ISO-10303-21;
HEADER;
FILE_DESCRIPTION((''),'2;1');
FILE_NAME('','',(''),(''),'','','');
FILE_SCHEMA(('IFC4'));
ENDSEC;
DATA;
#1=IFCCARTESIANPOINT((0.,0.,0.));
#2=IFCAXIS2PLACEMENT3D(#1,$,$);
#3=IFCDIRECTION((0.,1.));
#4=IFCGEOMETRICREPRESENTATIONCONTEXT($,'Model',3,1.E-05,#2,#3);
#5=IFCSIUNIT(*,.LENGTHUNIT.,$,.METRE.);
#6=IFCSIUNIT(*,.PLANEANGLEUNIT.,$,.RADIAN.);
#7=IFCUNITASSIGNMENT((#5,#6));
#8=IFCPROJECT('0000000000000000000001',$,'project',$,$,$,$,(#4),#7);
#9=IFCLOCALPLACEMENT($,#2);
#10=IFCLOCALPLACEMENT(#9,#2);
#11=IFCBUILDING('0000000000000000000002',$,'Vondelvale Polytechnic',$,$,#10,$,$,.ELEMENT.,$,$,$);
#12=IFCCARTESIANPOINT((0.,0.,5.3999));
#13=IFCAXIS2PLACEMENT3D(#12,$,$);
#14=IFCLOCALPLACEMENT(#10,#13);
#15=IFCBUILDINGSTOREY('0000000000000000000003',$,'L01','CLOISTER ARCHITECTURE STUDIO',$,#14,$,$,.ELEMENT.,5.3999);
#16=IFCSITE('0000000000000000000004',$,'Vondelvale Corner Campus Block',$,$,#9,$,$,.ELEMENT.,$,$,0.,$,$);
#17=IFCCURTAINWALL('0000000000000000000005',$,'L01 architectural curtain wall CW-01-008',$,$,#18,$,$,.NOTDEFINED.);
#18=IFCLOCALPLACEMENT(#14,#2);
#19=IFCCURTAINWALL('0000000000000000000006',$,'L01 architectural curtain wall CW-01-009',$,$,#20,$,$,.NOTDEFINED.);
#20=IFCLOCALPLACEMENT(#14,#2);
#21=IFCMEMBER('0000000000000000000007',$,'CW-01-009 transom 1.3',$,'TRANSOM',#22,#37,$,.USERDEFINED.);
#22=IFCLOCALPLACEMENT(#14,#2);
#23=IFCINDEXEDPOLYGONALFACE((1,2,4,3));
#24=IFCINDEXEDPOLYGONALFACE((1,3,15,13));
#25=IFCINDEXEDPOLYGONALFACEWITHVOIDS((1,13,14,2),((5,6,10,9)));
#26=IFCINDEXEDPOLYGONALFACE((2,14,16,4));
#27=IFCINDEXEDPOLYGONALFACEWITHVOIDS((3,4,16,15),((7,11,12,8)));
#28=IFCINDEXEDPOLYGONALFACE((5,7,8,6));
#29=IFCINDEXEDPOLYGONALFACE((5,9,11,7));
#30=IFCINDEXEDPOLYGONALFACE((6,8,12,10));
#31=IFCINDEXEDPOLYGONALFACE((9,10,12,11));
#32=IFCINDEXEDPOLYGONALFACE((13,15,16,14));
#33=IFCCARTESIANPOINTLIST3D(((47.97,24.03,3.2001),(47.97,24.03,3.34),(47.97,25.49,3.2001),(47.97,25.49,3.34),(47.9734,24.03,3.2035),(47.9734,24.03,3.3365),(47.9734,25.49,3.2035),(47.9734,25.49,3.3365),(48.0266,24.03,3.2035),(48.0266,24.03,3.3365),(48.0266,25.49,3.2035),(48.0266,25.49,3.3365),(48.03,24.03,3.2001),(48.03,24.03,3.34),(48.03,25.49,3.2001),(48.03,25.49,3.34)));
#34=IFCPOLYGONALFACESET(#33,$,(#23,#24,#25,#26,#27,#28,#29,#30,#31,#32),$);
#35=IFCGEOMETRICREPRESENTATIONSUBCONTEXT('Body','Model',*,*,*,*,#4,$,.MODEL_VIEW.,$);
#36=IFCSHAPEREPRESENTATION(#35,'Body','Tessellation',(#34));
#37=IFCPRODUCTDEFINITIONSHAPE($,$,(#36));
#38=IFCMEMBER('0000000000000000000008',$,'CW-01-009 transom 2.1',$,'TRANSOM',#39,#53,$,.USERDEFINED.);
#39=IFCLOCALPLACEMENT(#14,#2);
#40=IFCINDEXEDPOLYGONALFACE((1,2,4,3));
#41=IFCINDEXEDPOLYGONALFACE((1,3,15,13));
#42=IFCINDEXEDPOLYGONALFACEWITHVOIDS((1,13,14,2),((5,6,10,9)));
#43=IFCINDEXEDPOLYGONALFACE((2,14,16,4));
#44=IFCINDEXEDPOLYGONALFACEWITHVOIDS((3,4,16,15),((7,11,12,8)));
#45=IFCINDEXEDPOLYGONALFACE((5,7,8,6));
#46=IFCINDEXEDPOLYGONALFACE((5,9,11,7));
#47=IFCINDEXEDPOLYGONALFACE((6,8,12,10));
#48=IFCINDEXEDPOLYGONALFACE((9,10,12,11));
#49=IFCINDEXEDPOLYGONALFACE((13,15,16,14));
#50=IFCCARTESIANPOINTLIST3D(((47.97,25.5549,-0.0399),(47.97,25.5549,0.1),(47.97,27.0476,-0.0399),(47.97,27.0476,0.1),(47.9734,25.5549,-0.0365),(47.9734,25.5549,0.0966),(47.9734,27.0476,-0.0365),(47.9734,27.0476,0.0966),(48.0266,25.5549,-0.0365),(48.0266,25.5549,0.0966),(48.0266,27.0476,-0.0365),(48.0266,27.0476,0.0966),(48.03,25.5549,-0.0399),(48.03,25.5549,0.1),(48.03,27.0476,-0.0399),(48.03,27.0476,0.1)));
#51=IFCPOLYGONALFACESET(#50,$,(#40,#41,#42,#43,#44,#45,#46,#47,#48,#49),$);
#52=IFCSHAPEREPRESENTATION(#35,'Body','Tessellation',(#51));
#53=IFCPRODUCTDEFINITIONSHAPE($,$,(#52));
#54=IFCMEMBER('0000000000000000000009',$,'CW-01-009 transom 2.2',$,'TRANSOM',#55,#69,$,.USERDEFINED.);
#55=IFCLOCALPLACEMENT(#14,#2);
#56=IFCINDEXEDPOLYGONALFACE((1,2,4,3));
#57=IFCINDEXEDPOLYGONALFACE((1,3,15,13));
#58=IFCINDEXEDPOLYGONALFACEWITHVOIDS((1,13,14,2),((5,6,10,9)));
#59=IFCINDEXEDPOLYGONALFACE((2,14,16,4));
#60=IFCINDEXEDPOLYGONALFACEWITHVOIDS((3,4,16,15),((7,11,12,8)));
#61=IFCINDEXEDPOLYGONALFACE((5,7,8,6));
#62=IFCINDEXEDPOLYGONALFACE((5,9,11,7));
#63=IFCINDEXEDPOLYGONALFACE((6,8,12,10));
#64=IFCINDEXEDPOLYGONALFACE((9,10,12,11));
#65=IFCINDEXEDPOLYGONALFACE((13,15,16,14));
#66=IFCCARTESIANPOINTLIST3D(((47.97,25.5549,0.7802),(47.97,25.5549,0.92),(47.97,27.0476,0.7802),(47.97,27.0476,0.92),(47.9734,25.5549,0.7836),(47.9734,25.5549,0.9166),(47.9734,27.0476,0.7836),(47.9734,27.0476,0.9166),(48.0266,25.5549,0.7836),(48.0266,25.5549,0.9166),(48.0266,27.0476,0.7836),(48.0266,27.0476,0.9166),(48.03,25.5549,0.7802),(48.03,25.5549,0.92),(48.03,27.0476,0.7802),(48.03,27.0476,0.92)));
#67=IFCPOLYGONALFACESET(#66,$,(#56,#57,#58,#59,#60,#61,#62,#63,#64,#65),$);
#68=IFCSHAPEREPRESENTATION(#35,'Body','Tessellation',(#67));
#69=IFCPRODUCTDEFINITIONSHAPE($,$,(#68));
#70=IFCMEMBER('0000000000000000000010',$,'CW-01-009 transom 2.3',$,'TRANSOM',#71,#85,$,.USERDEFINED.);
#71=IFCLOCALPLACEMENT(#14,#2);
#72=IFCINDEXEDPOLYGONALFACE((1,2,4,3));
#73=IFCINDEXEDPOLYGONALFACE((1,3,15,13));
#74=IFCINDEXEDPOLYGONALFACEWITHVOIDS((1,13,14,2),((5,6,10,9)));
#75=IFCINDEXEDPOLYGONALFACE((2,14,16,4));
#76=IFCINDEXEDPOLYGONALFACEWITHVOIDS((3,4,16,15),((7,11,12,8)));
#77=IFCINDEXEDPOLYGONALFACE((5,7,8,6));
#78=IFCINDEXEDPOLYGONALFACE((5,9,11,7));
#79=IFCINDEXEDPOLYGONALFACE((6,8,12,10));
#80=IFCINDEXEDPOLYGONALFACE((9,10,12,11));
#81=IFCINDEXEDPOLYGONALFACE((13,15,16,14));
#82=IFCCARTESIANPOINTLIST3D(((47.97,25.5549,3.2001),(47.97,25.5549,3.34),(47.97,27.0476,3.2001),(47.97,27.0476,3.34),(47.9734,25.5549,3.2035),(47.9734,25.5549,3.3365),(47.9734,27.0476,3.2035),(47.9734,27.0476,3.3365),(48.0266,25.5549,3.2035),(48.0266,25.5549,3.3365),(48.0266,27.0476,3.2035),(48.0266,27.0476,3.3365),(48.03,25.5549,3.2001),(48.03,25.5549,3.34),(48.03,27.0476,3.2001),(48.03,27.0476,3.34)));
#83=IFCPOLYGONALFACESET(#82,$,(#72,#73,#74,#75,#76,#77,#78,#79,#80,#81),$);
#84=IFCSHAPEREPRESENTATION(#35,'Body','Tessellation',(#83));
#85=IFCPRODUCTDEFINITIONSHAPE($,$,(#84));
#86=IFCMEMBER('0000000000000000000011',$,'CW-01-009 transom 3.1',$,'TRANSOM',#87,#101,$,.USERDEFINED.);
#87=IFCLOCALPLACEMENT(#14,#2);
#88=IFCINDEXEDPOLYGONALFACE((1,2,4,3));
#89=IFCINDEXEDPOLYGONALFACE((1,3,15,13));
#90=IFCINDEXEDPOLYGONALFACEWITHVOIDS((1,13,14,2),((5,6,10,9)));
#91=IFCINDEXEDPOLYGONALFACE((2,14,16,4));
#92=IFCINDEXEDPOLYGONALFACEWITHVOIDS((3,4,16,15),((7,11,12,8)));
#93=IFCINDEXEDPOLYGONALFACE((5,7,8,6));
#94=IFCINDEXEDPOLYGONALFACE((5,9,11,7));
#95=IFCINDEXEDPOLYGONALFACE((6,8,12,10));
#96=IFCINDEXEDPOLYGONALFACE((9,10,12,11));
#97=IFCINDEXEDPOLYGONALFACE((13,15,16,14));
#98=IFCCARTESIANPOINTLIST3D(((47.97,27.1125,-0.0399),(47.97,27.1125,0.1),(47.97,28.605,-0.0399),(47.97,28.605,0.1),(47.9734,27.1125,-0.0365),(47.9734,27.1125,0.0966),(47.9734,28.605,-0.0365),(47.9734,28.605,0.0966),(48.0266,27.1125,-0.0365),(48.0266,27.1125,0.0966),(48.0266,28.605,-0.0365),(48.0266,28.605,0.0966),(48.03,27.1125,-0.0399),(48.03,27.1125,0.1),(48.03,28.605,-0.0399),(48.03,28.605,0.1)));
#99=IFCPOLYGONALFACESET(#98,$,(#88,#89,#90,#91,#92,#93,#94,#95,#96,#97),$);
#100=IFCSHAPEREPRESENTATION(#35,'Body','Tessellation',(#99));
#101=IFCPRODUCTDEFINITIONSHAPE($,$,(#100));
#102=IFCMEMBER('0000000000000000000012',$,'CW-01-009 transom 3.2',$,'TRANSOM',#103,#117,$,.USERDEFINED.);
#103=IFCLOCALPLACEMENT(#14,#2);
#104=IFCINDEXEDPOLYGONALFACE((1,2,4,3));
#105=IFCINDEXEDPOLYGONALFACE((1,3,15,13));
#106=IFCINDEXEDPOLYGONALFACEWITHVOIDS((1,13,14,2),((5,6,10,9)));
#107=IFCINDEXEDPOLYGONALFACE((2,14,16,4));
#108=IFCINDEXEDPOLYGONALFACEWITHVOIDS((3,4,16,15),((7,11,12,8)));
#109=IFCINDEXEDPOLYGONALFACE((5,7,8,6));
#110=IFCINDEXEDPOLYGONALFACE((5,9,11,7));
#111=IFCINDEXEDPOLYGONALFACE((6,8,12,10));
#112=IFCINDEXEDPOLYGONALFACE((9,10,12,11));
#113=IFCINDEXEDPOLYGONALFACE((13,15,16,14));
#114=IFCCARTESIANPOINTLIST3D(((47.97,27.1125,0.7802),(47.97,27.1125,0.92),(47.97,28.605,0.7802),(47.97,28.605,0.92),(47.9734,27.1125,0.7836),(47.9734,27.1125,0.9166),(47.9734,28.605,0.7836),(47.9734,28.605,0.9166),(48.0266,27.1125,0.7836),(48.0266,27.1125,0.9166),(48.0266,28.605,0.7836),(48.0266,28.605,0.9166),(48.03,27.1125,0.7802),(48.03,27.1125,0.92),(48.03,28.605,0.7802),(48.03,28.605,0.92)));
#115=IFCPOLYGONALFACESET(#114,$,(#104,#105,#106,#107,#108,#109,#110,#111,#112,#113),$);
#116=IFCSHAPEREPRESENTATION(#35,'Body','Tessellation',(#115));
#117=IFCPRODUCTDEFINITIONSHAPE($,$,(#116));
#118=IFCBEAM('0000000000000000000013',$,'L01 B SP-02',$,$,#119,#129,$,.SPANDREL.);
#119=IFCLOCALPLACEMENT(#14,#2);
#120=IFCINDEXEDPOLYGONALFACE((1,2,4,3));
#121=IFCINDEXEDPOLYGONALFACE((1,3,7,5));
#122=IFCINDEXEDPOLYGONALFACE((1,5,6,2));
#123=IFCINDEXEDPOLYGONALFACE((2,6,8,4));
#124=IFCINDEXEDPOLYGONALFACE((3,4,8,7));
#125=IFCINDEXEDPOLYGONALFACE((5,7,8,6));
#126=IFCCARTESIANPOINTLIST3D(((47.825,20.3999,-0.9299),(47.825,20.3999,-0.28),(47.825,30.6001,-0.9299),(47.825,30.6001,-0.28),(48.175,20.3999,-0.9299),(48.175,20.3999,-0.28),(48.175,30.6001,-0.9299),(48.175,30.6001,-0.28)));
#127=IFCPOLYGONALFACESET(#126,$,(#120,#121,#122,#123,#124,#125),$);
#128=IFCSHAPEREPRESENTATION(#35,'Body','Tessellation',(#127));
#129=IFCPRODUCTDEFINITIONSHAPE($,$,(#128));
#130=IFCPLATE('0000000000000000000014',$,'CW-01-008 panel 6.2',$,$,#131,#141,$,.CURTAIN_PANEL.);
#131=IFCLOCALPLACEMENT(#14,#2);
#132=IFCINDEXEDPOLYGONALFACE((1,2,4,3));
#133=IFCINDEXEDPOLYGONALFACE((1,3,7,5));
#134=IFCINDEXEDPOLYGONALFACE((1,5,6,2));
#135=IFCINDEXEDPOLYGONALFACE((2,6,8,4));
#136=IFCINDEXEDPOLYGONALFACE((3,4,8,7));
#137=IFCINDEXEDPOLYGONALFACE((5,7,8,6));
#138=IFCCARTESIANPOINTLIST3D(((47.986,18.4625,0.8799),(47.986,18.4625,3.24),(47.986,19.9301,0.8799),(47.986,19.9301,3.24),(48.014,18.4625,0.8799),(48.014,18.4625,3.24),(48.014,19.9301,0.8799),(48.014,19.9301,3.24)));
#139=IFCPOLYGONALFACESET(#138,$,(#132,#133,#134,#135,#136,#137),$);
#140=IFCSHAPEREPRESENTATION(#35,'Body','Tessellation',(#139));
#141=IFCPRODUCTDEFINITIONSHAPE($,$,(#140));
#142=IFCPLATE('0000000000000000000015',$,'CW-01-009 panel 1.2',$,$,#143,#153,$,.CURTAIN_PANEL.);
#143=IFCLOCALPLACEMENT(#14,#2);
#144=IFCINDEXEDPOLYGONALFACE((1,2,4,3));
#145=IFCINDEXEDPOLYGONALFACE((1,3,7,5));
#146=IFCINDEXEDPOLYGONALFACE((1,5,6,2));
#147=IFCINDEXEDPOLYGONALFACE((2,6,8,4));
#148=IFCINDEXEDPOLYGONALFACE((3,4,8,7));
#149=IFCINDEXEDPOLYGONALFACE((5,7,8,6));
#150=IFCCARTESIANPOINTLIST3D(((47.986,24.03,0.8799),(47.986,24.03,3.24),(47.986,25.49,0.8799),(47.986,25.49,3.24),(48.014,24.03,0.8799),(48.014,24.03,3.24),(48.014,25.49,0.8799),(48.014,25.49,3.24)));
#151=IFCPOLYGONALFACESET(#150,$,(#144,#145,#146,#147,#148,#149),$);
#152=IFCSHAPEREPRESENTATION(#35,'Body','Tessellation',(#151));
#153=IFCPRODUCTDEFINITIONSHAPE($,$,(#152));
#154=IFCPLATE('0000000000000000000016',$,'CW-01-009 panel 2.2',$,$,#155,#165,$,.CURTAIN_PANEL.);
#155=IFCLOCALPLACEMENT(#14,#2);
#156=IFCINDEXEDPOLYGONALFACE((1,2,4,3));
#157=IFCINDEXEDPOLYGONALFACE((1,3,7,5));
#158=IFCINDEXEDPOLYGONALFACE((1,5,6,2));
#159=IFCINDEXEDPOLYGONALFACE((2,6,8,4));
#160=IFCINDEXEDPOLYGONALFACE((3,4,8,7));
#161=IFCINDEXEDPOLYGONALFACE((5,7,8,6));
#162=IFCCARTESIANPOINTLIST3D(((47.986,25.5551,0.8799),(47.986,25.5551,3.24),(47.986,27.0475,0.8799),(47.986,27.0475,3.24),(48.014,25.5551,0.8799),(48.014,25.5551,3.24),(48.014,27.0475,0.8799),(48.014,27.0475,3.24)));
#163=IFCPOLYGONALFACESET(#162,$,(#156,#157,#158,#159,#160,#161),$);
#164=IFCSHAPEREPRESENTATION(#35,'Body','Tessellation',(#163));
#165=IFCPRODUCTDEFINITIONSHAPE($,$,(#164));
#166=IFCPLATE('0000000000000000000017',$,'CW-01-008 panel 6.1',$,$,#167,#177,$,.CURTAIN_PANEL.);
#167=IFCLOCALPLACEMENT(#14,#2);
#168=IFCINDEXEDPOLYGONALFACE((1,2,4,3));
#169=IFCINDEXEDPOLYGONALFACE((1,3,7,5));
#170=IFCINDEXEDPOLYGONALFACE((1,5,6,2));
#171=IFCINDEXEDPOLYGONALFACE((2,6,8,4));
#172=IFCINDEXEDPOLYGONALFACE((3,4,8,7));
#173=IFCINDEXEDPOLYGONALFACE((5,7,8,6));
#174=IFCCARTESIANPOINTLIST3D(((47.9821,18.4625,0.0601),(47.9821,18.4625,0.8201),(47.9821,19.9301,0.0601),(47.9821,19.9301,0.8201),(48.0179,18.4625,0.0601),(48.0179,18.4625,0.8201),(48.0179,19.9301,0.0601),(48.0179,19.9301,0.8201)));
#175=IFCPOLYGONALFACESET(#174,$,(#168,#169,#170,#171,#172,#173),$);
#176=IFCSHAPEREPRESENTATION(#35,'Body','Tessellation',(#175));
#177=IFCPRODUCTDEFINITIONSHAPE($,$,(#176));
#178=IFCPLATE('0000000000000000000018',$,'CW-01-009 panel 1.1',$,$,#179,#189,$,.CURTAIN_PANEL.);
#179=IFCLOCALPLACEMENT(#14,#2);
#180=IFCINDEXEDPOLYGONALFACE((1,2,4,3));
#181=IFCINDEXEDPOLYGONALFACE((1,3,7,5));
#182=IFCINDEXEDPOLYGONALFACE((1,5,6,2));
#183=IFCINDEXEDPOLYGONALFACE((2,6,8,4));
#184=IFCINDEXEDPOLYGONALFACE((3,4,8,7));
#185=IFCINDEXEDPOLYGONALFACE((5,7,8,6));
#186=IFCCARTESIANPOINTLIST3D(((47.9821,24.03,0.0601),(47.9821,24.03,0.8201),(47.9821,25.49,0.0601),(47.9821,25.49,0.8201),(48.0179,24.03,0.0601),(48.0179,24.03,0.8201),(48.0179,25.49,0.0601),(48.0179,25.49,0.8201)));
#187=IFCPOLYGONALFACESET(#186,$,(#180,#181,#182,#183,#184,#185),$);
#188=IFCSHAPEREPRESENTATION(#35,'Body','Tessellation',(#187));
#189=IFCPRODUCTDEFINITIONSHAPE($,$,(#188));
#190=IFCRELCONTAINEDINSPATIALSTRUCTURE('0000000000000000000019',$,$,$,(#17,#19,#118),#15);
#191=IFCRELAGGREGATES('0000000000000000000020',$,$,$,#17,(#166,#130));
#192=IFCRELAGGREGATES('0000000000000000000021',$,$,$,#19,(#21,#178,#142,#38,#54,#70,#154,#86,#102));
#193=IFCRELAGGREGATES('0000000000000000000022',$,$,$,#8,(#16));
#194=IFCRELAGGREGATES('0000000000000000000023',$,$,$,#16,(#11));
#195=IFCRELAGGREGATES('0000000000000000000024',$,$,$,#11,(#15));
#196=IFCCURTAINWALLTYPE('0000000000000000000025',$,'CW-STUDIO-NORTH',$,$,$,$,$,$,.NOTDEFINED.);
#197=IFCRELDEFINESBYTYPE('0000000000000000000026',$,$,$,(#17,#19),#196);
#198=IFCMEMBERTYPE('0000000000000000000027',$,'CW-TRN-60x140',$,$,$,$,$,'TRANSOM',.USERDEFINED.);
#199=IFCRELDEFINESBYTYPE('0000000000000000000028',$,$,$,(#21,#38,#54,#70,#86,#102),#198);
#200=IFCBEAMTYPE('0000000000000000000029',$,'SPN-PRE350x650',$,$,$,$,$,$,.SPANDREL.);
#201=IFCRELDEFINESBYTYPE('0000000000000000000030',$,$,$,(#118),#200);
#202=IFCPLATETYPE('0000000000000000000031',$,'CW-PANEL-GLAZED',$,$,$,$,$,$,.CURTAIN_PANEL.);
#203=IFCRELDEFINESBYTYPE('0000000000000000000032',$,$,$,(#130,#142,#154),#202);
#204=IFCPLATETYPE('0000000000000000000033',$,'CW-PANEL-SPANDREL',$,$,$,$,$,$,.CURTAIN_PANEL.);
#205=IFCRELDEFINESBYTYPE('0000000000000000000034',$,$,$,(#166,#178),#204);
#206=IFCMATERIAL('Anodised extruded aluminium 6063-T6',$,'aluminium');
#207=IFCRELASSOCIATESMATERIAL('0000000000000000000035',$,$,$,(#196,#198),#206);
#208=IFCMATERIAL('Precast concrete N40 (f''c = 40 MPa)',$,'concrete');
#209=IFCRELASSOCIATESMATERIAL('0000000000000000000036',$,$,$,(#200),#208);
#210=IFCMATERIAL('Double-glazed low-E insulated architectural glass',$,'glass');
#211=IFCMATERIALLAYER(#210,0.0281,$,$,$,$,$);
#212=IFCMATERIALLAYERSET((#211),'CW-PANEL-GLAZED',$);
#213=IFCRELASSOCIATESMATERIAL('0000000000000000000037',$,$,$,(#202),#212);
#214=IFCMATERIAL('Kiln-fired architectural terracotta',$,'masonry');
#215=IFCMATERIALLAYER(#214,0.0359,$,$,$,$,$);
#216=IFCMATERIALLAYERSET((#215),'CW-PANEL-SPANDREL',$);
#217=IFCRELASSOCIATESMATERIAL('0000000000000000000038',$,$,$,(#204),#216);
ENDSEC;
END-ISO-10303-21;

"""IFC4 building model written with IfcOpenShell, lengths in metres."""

from ifc_helpers import new_model, si_unit, direction, frame, origin, origin_2d, place, context, subcontext, project, spatial, rectangle, hollow_rectangle, extrude, material, layer, layer_set, material_profile, profile_set, type_object, element, aggregate, save


model = new_model("IFC4")

# Units and contexts
model_context = context("Model", 3, precision=1e-05, world=origin(), true_north=direction((0.0, 1.0)))
body_context = subcontext(model_context, "Body", "Model", "MODEL_VIEW")
ifc_project = project(units=[si_unit("LENGTHUNIT", "METRE"), si_unit("PLANEANGLEUNIT", "RADIAN")], contexts=[model_context])

# Site, building, storey
site_placement = place(None, origin())
site = spatial("IfcSite", under=ifc_project, at=site_placement, Name="Vondelvale Corner Campus Block", CompositionType="ELEMENT", RefElevation=0.0)
building_placement = place(site_placement, origin())
building = spatial("IfcBuilding", under=site, at=building_placement, Name="Vondelvale Polytechnic", CompositionType="ELEMENT")
storey_placement = place(building_placement, frame((0.0, 0.0, 5.3999)))
storey = spatial("IfcBuildingStorey", under=building, at=storey_placement, Name="L01", Description="CLOISTER ARCHITECTURE STUDIO", CompositionType="ELEMENT", Elevation=5.3999)

# Curtain walls
ifc_material_1 = material(Name="Anodised extruded aluminium 6063-T6", Category="aluminium")
curtain_wall_type = type_object("IfcCurtainWallType", Name="CW-STUDIO-NORTH", PredefinedType="NOTDEFINED", material=ifc_material_1)
curtain_wall_1_placement = place(storey_placement, origin())
curtain_wall_1 = element("IfcCurtainWall", 1, at=curtain_wall_1_placement, inside=storey, type_object=curtain_wall_type, Name="L01 architectural curtain wall CW-01-008", PredefinedType="NOTDEFINED")
curtain_wall_2_placement = place(storey_placement, origin())
curtain_wall_2 = element("IfcCurtainWall", 2, at=curtain_wall_2_placement, inside=storey, type_object=curtain_wall_type, Name="L01 architectural curtain wall CW-01-009", PredefinedType="NOTDEFINED")

# Members
ifc_material_profile_1 = material_profile(ifc_material_1, hollow_rectangle(XDim=0.0601, YDim=0.1399, WallThickness=0.0034, at=origin_2d()), Name="CW-TRN-140x60")
ifc_profile_set_1 = profile_set([ifc_material_profile_1], Name="Anodised extruded aluminium 6063-T6")
member_type_1 = type_object("IfcMemberType", Name="CW-TRN-60x140", ElementType="TRANSOM", PredefinedType="USERDEFINED", material=ifc_profile_set_1)
member_1_placement = place(storey_placement, frame((48.0, 24.03, 3.27), z_axis=(0.0, 1.0, 0.0), x_axis=(-1.0, 0.0, 0.0)))
member_1 = element("IfcMember", 3, at=member_1_placement, type_object=member_type_1, Name="CW-01-009 transom 1.3", ObjectType="TRANSOM", PredefinedType="USERDEFINED", context=body_context, shape_type="SweptSolid", body=[
    extrude(hollow_rectangle(XDim=0.0601, YDim=0.1399, WallThickness=0.0034, at=origin_2d()), origin(), (0.0, 0.0, 1.0), 1.46),
])
member_2_placement = place(storey_placement, frame((48.0, 25.5549, 0.03), z_axis=(0.0, 1.0, 0.0), x_axis=(-1.0, 0.0, 0.0)))
member_2 = element("IfcMember", 4, at=member_2_placement, type_object=member_type_1, Name="CW-01-009 transom 2.1", ObjectType="TRANSOM", PredefinedType="USERDEFINED", context=body_context, shape_type="SweptSolid", body=[
    extrude(hollow_rectangle(XDim=0.0601, YDim=0.1399, WallThickness=0.0034, at=origin_2d()), origin(), (0.0, 0.0, 1.0), 1.4927),
])
member_3_placement = place(storey_placement, frame((48.0, 25.5549, 0.8501), z_axis=(0.0, 1.0, 0.0), x_axis=(-1.0, 0.0, 0.0)))
member_3 = element("IfcMember", 5, at=member_3_placement, type_object=member_type_1, Name="CW-01-009 transom 2.2", ObjectType="TRANSOM", PredefinedType="USERDEFINED", context=body_context, shape_type="SweptSolid", body=[
    extrude(hollow_rectangle(XDim=0.0601, YDim=0.1399, WallThickness=0.0034, at=origin_2d()), origin(), (0.0, 0.0, 1.0), 1.4927),
])
member_4_placement = place(storey_placement, frame((48.0, 25.5549, 3.27), z_axis=(0.0, 1.0, 0.0), x_axis=(-1.0, 0.0, 0.0)))
member_4 = element("IfcMember", 6, at=member_4_placement, type_object=member_type_1, Name="CW-01-009 transom 2.3", ObjectType="TRANSOM", PredefinedType="USERDEFINED", context=body_context, shape_type="SweptSolid", body=[
    extrude(hollow_rectangle(XDim=0.0601, YDim=0.1399, WallThickness=0.0034, at=origin_2d()), origin(), (0.0, 0.0, 1.0), 1.4927),
])
member_5_placement = place(storey_placement, frame((48.0, 27.1125, 0.03), z_axis=(0.0, 1.0, 0.0), x_axis=(-1.0, 0.0, 0.0)))
member_5 = element("IfcMember", 7, at=member_5_placement, type_object=member_type_1, Name="CW-01-009 transom 3.1", ObjectType="TRANSOM", PredefinedType="USERDEFINED", context=body_context, shape_type="SweptSolid", body=[
    extrude(hollow_rectangle(XDim=0.0601, YDim=0.1399, WallThickness=0.0034, at=origin_2d()), origin(), (0.0, 0.0, 1.0), 1.4924),
])
member_6_placement = place(storey_placement, frame((48.0, 27.1125, 0.8501), z_axis=(0.0, 1.0, 0.0), x_axis=(-1.0, 0.0, 0.0)))
member_6 = element("IfcMember", 8, at=member_6_placement, type_object=member_type_1, Name="CW-01-009 transom 3.2", ObjectType="TRANSOM", PredefinedType="USERDEFINED", context=body_context, shape_type="SweptSolid", body=[
    extrude(hollow_rectangle(XDim=0.0601, YDim=0.1399, WallThickness=0.0034, at=origin_2d()), origin(), (0.0, 0.0, 1.0), 1.4924),
])

# Beam
ifc_material_2 = material(Name="Precast concrete N40 (f'c = 40 MPa)", Category="concrete")
ifc_material_profile_2 = material_profile(ifc_material_2, rectangle(XDim=0.3501, YDim=0.6499, at=origin_2d()), Name="RC-SPN-350x650")
ifc_profile_set_2 = profile_set([ifc_material_profile_2], Name="Precast concrete N40 (f'c = 40 MPa)")
beam_type = type_object("IfcBeamType", Name="SPN-PRE350x650", PredefinedType="SPANDREL", material=ifc_profile_set_2)
beam_placement = place(storey_placement, frame((48.0, 20.3999, -0.605), z_axis=(0.0, 1.0, 0.0), x_axis=(-1.0, 0.0, 0.0)))
element("IfcBeam", 9, at=beam_placement, inside=storey, type_object=beam_type, Name="L01 B SP-02", PredefinedType="SPANDREL", context=body_context, shape_type="SweptSolid", body=[
    extrude(rectangle(XDim=0.3501, YDim=0.6499, at=origin_2d()), origin(), (0.0, 0.0, 1.0), 10.2002),
])

# Plates
ifc_material_3 = material(Name="Double-glazed low-E insulated architectural glass", Category="glass")
ifc_layer_1 = layer(ifc_material_3, 0.0281)
ifc_layer_set_1 = layer_set([ifc_layer_1], Name="CW-PANEL-GLAZED")
plate_type_1 = type_object("IfcPlateType", Name="CW-PANEL-GLAZED", PredefinedType="CURTAIN_PANEL", material=ifc_layer_set_1)
plate_1_placement = place(storey_placement, frame((48.0, 19.1963, 0.8799), z_axis=(0.0, 0.0, 1.0), x_axis=(0.0, 1.0, 0.0)))
plate_1 = element("IfcPlate", 10, at=plate_1_placement, type_object=plate_type_1, Name="CW-01-008 panel 6.2", PredefinedType="CURTAIN_PANEL", context=body_context, shape_type="SweptSolid", body=[
    extrude(rectangle(XDim=1.4675, YDim=0.0281, at=origin_2d()), origin(), (0.0, 0.0, 1.0), 2.3601),
])
plate_2_placement = place(storey_placement, frame((48.0, 24.76, 0.8799), z_axis=(0.0, 0.0, 1.0), x_axis=(0.0, 1.0, 0.0)))
plate_2 = element("IfcPlate", 11, at=plate_2_placement, type_object=plate_type_1, Name="CW-01-009 panel 1.2", PredefinedType="CURTAIN_PANEL", context=body_context, shape_type="SweptSolid", body=[
    extrude(rectangle(XDim=1.46, YDim=0.0281, at=origin_2d()), origin(), (0.0, 0.0, 1.0), 2.3601),
])
plate_3_placement = place(storey_placement, frame((48.0, 26.3013, 0.8799), z_axis=(0.0, 0.0, 1.0), x_axis=(0.0, 1.0, 0.0)))
plate_3 = element("IfcPlate", 12, at=plate_3_placement, type_object=plate_type_1, Name="CW-01-009 panel 2.2", PredefinedType="CURTAIN_PANEL", context=body_context, shape_type="SweptSolid", body=[
    extrude(rectangle(XDim=1.4924, YDim=0.0281, at=origin_2d()), origin(), (0.0, 0.0, 1.0), 2.3601),
])
ifc_material_4 = material(Name="Kiln-fired architectural terracotta", Category="masonry")
ifc_layer_2 = layer(ifc_material_4, 0.0359)
ifc_layer_set_2 = layer_set([ifc_layer_2], Name="CW-PANEL-SPANDREL")
plate_type_2 = type_object("IfcPlateType", Name="CW-PANEL-SPANDREL", PredefinedType="CURTAIN_PANEL", material=ifc_layer_set_2)
plate_4_placement = place(storey_placement, frame((48.0, 19.1963, 0.0601), z_axis=(0.0, 0.0, 1.0), x_axis=(0.0, 1.0, 0.0)))
plate_4 = element("IfcPlate", 13, at=plate_4_placement, type_object=plate_type_2, Name="CW-01-008 panel 6.1", PredefinedType="CURTAIN_PANEL", context=body_context, shape_type="SweptSolid", body=[
    extrude(rectangle(XDim=1.4675, YDim=0.0359, at=origin_2d()), origin(), (0.0, 0.0, 1.0), 0.76),
])
aggregate(curtain_wall_1, [plate_4, plate_1])
plate_5_placement = place(storey_placement, frame((48.0, 24.76, 0.0601), z_axis=(0.0, 0.0, 1.0), x_axis=(0.0, 1.0, 0.0)))
plate_5 = element("IfcPlate", 14, at=plate_5_placement, type_object=plate_type_2, Name="CW-01-009 panel 1.1", PredefinedType="CURTAIN_PANEL", context=body_context, shape_type="SweptSolid", body=[
    extrude(rectangle(XDim=1.46, YDim=0.0359, at=origin_2d()), origin(), (0.0, 0.0, 1.0), 0.76),
])
aggregate(curtain_wall_2, [member_1, plate_5, plate_2, member_2, member_3, member_4, plate_3, member_5, member_6])

save(model, "model.ifc")
